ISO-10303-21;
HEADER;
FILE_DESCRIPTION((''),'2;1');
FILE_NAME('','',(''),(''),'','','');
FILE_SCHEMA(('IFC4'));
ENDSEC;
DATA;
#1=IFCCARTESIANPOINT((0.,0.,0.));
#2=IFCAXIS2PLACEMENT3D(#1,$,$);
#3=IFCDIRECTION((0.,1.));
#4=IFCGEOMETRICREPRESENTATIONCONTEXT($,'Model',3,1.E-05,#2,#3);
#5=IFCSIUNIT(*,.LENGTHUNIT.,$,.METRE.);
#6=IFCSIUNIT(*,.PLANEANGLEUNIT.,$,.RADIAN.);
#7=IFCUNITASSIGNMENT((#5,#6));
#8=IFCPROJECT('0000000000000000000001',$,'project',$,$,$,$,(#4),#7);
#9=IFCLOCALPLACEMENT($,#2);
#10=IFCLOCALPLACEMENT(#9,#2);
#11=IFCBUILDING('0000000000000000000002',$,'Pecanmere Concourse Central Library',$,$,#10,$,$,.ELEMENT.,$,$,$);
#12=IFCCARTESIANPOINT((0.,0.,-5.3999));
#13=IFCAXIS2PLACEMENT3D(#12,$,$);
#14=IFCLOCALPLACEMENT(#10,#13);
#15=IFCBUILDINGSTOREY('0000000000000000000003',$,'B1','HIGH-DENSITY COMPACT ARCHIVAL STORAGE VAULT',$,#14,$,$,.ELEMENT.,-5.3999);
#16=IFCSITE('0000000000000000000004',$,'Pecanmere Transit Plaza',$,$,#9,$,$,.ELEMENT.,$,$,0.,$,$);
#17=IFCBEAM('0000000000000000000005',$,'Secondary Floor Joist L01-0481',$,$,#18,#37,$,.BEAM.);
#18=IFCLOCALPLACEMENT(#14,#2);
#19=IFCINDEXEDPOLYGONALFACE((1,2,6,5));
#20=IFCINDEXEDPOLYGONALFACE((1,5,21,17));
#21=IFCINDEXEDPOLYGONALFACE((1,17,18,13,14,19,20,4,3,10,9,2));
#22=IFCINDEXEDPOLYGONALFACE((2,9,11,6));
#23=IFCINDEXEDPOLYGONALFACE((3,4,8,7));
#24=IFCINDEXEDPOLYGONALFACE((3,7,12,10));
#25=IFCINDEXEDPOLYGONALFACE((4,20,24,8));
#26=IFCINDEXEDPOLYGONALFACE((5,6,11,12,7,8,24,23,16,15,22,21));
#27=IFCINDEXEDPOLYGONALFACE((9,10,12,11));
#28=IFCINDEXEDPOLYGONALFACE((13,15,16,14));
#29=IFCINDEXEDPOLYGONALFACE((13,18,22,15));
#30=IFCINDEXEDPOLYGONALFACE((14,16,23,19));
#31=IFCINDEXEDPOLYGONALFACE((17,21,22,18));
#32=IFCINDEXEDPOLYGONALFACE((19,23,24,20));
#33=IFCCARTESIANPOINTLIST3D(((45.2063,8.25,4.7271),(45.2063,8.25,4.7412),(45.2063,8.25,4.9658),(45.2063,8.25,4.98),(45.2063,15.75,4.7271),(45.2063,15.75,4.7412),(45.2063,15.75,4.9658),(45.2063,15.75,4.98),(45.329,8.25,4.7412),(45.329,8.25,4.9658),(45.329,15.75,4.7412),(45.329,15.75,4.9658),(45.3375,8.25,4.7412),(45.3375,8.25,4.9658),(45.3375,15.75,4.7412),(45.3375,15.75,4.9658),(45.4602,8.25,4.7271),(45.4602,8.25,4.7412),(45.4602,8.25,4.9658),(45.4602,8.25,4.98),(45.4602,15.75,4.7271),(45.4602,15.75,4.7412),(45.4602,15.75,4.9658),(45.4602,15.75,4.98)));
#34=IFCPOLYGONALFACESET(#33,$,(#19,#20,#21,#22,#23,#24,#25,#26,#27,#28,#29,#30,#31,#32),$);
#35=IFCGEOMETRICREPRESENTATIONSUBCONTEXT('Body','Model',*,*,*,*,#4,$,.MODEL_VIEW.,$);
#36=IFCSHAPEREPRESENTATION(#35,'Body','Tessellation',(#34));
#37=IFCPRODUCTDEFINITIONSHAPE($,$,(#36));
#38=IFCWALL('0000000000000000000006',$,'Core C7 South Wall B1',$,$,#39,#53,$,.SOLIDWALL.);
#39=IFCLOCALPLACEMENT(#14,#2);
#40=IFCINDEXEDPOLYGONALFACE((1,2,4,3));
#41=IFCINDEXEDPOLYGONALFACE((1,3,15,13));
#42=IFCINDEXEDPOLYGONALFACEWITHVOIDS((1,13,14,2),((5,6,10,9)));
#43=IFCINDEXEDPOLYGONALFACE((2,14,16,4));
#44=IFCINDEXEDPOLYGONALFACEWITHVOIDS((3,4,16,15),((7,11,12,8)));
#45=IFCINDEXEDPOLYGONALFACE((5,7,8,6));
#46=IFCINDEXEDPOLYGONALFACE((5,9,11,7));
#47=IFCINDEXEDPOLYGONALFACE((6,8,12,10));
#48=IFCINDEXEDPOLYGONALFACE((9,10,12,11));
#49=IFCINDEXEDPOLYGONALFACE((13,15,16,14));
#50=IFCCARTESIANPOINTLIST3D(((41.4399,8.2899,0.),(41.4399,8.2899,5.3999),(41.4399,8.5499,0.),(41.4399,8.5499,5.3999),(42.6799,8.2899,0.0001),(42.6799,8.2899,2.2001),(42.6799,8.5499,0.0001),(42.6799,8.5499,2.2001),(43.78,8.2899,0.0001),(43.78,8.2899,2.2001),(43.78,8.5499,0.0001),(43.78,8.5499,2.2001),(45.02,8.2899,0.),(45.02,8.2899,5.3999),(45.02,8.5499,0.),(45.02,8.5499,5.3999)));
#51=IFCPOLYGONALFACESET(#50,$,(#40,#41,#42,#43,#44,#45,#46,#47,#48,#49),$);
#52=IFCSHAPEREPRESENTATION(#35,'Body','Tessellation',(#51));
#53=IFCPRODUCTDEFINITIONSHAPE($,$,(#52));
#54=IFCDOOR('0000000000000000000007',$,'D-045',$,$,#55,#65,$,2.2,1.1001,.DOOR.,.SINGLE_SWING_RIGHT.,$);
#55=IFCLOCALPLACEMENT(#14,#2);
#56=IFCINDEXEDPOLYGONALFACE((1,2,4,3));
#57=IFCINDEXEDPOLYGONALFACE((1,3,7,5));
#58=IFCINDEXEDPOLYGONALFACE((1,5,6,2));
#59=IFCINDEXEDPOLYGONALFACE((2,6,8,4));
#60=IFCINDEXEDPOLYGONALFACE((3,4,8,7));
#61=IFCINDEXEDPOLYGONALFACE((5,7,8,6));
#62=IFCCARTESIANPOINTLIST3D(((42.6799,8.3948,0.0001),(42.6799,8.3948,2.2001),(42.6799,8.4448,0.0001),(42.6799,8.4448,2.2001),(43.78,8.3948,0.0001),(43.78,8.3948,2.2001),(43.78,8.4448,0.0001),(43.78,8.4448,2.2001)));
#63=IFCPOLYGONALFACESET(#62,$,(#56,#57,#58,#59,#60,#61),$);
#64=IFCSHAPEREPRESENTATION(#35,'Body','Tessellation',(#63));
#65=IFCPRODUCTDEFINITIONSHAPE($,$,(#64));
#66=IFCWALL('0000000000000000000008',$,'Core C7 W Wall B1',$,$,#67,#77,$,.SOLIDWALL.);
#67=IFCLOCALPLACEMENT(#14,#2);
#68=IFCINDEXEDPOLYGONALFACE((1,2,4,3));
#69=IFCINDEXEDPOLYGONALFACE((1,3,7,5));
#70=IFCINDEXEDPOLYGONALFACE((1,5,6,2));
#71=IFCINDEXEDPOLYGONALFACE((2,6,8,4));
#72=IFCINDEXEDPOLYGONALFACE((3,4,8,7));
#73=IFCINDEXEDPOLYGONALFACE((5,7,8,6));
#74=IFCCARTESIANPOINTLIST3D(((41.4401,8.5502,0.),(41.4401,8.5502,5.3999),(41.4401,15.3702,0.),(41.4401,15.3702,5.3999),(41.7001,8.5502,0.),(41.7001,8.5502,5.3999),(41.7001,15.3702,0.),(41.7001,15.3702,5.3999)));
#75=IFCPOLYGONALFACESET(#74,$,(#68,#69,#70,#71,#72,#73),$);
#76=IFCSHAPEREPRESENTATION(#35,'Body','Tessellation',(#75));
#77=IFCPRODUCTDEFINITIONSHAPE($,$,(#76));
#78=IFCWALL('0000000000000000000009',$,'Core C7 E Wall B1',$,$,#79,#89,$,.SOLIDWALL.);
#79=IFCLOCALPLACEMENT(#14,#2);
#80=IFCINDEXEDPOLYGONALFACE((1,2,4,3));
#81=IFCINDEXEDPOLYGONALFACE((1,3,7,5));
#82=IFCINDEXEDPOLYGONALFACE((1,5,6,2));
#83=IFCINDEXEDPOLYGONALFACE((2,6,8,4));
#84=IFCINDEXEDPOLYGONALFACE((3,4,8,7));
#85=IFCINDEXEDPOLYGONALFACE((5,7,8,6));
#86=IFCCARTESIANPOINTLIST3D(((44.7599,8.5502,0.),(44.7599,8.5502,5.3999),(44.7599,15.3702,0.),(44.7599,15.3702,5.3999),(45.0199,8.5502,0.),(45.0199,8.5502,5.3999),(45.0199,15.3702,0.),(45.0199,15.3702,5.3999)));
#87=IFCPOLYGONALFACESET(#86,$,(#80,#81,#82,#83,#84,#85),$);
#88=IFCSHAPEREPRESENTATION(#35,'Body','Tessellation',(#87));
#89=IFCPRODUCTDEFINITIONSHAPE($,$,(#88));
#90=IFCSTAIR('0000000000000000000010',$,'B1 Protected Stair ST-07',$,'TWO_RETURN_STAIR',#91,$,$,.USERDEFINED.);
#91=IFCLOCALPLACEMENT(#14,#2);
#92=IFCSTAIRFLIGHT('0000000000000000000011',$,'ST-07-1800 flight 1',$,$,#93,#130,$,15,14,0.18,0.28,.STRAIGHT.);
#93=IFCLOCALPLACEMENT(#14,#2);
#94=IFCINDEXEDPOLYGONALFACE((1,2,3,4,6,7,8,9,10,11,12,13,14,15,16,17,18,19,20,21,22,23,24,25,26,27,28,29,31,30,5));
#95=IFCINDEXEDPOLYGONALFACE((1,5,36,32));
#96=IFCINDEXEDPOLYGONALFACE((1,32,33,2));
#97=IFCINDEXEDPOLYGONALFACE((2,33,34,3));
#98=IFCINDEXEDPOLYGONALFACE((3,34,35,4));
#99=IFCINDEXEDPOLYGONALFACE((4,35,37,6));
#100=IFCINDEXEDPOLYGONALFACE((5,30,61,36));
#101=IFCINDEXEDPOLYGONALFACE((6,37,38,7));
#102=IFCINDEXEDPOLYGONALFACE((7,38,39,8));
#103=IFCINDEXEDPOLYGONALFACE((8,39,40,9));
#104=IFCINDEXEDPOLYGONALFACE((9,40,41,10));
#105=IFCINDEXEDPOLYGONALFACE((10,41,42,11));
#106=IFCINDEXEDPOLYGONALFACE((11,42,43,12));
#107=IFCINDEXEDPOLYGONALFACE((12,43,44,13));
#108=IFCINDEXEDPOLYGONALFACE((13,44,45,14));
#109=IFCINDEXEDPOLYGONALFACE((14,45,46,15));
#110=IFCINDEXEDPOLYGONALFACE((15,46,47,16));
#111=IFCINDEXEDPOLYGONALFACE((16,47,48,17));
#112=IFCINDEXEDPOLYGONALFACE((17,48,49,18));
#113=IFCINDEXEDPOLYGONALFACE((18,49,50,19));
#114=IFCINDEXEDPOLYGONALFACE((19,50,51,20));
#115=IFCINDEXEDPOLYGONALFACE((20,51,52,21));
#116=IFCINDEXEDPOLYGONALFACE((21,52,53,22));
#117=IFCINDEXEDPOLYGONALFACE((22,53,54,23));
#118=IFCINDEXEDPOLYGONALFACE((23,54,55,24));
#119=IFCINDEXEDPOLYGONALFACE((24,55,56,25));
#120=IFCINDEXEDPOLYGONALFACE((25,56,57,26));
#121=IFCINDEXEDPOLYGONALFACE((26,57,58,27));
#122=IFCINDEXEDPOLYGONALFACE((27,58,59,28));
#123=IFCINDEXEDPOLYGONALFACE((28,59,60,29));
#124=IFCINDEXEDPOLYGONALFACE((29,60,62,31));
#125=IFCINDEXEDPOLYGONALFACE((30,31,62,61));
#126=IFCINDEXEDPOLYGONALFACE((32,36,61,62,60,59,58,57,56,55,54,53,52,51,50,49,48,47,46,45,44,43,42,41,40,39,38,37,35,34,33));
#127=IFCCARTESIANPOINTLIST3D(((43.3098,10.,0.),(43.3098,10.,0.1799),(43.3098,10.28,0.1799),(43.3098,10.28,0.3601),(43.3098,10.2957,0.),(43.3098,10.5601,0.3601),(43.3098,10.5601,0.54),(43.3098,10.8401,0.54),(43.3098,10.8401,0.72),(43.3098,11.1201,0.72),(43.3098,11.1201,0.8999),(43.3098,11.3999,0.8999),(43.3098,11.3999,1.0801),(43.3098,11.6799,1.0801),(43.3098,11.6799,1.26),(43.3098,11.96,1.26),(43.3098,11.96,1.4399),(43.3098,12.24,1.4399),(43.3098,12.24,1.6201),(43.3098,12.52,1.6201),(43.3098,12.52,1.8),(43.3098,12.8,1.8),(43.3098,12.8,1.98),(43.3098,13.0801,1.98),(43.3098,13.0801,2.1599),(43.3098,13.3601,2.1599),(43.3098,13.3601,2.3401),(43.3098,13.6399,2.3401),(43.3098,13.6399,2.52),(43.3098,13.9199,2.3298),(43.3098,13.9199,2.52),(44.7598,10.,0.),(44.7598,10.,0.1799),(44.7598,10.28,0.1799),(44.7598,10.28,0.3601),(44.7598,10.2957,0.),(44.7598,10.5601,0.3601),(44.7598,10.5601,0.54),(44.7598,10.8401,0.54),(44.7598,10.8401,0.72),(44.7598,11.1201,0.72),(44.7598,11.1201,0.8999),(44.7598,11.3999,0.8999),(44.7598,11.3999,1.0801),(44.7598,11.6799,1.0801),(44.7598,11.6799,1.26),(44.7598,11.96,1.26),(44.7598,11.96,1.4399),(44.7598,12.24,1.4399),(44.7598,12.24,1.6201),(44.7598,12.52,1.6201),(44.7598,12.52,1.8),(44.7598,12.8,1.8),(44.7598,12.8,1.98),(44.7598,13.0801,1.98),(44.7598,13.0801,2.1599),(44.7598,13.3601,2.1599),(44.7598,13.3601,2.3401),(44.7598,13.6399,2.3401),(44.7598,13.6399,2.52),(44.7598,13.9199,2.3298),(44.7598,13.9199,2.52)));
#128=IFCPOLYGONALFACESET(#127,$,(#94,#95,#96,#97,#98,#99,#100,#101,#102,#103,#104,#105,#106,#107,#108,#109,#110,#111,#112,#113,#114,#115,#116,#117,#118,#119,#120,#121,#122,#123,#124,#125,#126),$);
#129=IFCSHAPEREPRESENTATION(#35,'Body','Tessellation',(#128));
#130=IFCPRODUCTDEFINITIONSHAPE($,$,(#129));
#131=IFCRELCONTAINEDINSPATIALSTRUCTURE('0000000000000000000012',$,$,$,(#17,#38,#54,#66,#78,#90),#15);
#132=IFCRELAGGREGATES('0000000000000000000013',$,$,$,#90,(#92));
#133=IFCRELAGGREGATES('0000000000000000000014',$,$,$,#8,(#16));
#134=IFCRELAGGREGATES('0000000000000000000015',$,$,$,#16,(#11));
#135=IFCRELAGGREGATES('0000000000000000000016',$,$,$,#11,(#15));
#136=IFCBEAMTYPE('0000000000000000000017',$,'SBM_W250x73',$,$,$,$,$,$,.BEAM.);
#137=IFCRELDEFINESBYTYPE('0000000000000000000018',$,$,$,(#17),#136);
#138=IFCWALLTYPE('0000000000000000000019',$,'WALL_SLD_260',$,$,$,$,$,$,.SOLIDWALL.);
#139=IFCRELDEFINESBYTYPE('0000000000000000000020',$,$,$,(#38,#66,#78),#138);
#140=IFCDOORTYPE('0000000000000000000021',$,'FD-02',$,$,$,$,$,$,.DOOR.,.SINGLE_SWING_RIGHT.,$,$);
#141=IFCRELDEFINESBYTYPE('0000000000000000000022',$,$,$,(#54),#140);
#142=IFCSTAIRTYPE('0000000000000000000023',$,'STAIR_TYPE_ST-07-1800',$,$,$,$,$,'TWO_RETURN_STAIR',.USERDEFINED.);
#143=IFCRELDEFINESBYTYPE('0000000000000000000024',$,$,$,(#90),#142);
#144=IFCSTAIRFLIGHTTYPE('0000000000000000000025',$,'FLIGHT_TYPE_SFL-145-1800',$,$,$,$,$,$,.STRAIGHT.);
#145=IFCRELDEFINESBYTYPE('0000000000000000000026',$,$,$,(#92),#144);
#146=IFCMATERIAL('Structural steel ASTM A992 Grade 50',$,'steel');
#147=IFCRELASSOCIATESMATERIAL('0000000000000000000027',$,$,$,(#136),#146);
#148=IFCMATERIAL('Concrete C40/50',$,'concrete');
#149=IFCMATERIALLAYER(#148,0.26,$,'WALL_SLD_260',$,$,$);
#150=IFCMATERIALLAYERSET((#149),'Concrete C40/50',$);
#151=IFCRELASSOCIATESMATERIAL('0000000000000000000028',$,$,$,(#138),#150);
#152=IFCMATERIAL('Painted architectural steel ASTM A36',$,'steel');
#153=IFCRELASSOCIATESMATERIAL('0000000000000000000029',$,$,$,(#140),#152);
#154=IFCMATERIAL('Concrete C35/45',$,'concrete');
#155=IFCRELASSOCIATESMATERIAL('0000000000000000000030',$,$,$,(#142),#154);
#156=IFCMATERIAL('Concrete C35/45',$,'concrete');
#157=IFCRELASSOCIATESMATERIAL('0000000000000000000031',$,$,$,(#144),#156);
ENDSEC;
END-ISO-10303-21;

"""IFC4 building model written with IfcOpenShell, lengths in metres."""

from ifc_helpers import new_model, si_unit, direction, frame, frame_2d, origin, origin_2d, place, context, subcontext, project, spatial, polyline, rectangle, i_section, outline, extrude, material, layer, layer_set, material_profile, profile_set, type_object, element, fill, aggregate, save


model = new_model("IFC4")

# Units and contexts
model_context = context("Model", 3, precision=1e-05, world=origin(), true_north=direction((0.0, 1.0)))
body_context = subcontext(model_context, "Body", "Model", "MODEL_VIEW")
ifc_project = project(units=[si_unit("LENGTHUNIT", "METRE"), si_unit("PLANEANGLEUNIT", "RADIAN")], contexts=[model_context])

# Site, building, storey
site_placement = place(None, origin())
site = spatial("IfcSite", under=ifc_project, at=site_placement, Name="Pecanmere Transit Plaza", CompositionType="ELEMENT", RefElevation=0.0)
building_placement = place(site_placement, origin())
building = spatial("IfcBuilding", under=site, at=building_placement, Name="Pecanmere Concourse Central Library", CompositionType="ELEMENT")
storey_placement = place(building_placement, frame((0.0, 0.0, -5.3999)))
storey = spatial("IfcBuildingStorey", under=building, at=storey_placement, Name="B1", Description="HIGH-DENSITY COMPACT ARCHIVAL STORAGE VAULT", CompositionType="ELEMENT", Elevation=-5.3999)

# Beam
ifc_material_1 = material(Name="Structural steel ASTM A992 Grade 50", Category="steel")
ifc_material_profile_1 = material_profile(ifc_material_1, i_section(OverallWidth=0.2539, OverallDepth=0.2529, WebThickness=0.0085, FlangeThickness=0.0142, at=origin_2d()), Name="W250x73")
ifc_profile_set_1 = profile_set([ifc_material_profile_1], Name="Structural steel ASTM A992 Grade 50")
beam_type_1 = type_object("IfcBeamType", Name="SBM_W250x73", PredefinedType="BEAM", material=ifc_profile_set_1)
beam_1_placement = place(storey_placement, frame((45.3333, 8.25, 4.8535), z_axis=(0.0, 1.0, 0.0), x_axis=(-1.0, 0.0, 0.0)))
element("IfcBeam", 1, at=beam_1_placement, inside=storey, type_object=beam_type_1, Name="Secondary Floor Joist L01-0481", PredefinedType="BEAM", context=body_context, shape_type="SweptSolid", body=[
    extrude(i_section(OverallWidth=0.2539, OverallDepth=0.2529, WebThickness=0.0085, FlangeThickness=0.0142, at=origin_2d()), origin(), (0.0, 0.0, 1.0), 7.5),
])

# Wall, opening, door
ifc_material_2 = material(Name="Concrete C40/50", Category="concrete")
ifc_layer = layer(ifc_material_2, 0.26, Name="WALL_SLD_260")
ifc_layer_set = layer_set([ifc_layer], Name="Concrete C40/50")
wall_type = type_object("IfcWallType", Name="WALL_SLD_260", PredefinedType="SOLIDWALL", material=ifc_layer_set)
wall_placement = place(storey_placement, frame((41.4399, 8.4199, 0.0), z_axis=(0.0, 0.0, 1.0), x_axis=(1.0, 0.0, 0.0)))
wall = element("IfcWall", 2, at=wall_placement, inside=storey, type_object=wall_type, Name="Core C7 South Wall B1", PredefinedType="SOLIDWALL", context=body_context, shape_type="SweptSolid", body=[
    extrude(rectangle(XDim=3.5801, YDim=0.26, at=frame_2d((1.79, 0.0))), origin(), (0.0, 0.0, 1.0), 5.3999),
])
opening_placement = place(wall_placement, frame((1.24, 0.0, 0.0)))
opening = element("IfcOpeningElement", 3, at=opening_placement, cuts=wall, PredefinedType="OPENING", context=body_context, shape_type="SweptSolid", body=[
    extrude(rectangle(XDim=1.1001, YDim=2.2, at=frame_2d((0.55, 1.1001))), frame((0.0, 0.1421, 0.0), z_axis=(0.0, -1.0, 0.0), x_axis=(1.0, 0.0, 0.0)), (0.0, 0.0, 1.0), 0.2839),
])
ifc_material_3 = material(Name="Painted architectural steel ASTM A36", Category="steel")
door_type = type_object("IfcDoorType", Name="FD-02", OperationType="SINGLE_SWING_RIGHT", PredefinedType="DOOR", material=ifc_material_3)
door_placement = place(opening_placement, origin())
door = element("IfcDoor", 4, at=door_placement, inside=storey, type_object=door_type, Name="D-045", OperationType="SINGLE_SWING_RIGHT", OverallHeight=2.2, OverallWidth=1.1001, PredefinedType="DOOR", context=body_context, shape_type="SweptSolid", body=[
    extrude(rectangle(XDim=1.1001, YDim=2.2, at=frame_2d((0.55, 1.1001))), frame((0.0, 0.0249, 0.0), z_axis=(0.0, -1.0, 0.0), x_axis=(1.0, 0.0, 0.0)), (0.0, 0.0, 1.0), 0.05),
])
fill(opening, door)

# Walls
for number, where, z_axis, x_axis, name in (
    (5, (41.5701, 8.55, 0.0), (0.0, 0.0, 1.0), (0.0, 1.0, 0.0), "Core C7 W Wall B1"),
    (6, (44.8899, 8.55, 0.0), (0.0, 0.0, 1.0), (0.0, 1.0, 0.0), "Core C7 E Wall B1"),
):
    element("IfcWall", number, at=place(storey_placement, frame(where, z_axis=z_axis, x_axis=x_axis)), inside=storey, type_object=wall_type, Name=name, PredefinedType="SOLIDWALL", context=body_context, shape_type="SweptSolid", body=[
        extrude(rectangle(XDim=6.8201, YDim=0.26, at=frame_2d((3.4102, 0.0))), origin(), (0.0, 0.0, 1.0), 5.3999),
    ])

# Stair, stair flight
ifc_material_4 = material(Name="Concrete C35/45", Category="concrete")
stair_type = type_object("IfcStairType", Name="STAIR_TYPE_ST-07-1800", ElementType="TWO_RETURN_STAIR", PredefinedType="USERDEFINED", material=ifc_material_4)
stair_placement = place(storey_placement, origin())
stair = element("IfcStair", 7, at=stair_placement, inside=storey, type_object=stair_type, Name="B1 Protected Stair ST-07", ObjectType="TWO_RETURN_STAIR", PredefinedType="USERDEFINED")
ifc_material_5 = material(Name="Concrete C35/45", Category="concrete")
stair_flight_type = type_object("IfcStairFlightType", Name="FLIGHT_TYPE_SFL-145-1800", PredefinedType="STRAIGHT", material=ifc_material_5)
stair_flight_placement = place(storey_placement, frame((44.0349, 10.0, 0.0), z_axis=(0.0, 0.0, 1.0), x_axis=(0.0, 1.0, 0.0)))
stair_flight = element("IfcStairFlight", 8, at=stair_flight_placement, type_object=stair_flight_type, Name="ST-07-1800 flight 1", NumberOfRisers=15, NumberOfTreads=14, PredefinedType="STRAIGHT", RiserHeight=0.18, TreadLength=0.28, context=body_context, shape_type="SweptSolid", body=[
    extrude(outline(polyline([(0.0, 0.0), (0.0, 0.1799), (0.28, 0.1799), (0.28, 0.3601), (0.5601, 0.3601), (0.5601, 0.54), (0.8401, 0.54), (0.8401, 0.72), (1.1201, 0.72), (1.1201, 0.8999), (1.3999, 0.8999), (1.3999, 1.0801), (1.6799, 1.0801), (1.6799, 1.26), (1.96, 1.26), (1.96, 1.4399), (2.24, 1.4399), (2.24, 1.6201), (2.52, 1.6201), (2.52, 1.8), (2.8, 1.8), (2.8, 1.98), (3.0801, 1.98), (3.0801, 2.1599), (3.3601, 2.1599), (3.3601, 2.3401), (3.6399, 2.3401), (3.6399, 2.52), (3.9199, 2.52), (3.9199, 2.7), (3.9199, 2.3298), (0.2957, 0.0), (0.0, 0.0)])), frame((0.0, 0.7251, 0.0), z_axis=(0.0, -1.0, 0.0), x_axis=(1.0, 0.0, 0.0)), (0.0, 0.0, 1.0), 1.45),
])
aggregate(stair, [stair_flight])

save(model, "model.ifc")
